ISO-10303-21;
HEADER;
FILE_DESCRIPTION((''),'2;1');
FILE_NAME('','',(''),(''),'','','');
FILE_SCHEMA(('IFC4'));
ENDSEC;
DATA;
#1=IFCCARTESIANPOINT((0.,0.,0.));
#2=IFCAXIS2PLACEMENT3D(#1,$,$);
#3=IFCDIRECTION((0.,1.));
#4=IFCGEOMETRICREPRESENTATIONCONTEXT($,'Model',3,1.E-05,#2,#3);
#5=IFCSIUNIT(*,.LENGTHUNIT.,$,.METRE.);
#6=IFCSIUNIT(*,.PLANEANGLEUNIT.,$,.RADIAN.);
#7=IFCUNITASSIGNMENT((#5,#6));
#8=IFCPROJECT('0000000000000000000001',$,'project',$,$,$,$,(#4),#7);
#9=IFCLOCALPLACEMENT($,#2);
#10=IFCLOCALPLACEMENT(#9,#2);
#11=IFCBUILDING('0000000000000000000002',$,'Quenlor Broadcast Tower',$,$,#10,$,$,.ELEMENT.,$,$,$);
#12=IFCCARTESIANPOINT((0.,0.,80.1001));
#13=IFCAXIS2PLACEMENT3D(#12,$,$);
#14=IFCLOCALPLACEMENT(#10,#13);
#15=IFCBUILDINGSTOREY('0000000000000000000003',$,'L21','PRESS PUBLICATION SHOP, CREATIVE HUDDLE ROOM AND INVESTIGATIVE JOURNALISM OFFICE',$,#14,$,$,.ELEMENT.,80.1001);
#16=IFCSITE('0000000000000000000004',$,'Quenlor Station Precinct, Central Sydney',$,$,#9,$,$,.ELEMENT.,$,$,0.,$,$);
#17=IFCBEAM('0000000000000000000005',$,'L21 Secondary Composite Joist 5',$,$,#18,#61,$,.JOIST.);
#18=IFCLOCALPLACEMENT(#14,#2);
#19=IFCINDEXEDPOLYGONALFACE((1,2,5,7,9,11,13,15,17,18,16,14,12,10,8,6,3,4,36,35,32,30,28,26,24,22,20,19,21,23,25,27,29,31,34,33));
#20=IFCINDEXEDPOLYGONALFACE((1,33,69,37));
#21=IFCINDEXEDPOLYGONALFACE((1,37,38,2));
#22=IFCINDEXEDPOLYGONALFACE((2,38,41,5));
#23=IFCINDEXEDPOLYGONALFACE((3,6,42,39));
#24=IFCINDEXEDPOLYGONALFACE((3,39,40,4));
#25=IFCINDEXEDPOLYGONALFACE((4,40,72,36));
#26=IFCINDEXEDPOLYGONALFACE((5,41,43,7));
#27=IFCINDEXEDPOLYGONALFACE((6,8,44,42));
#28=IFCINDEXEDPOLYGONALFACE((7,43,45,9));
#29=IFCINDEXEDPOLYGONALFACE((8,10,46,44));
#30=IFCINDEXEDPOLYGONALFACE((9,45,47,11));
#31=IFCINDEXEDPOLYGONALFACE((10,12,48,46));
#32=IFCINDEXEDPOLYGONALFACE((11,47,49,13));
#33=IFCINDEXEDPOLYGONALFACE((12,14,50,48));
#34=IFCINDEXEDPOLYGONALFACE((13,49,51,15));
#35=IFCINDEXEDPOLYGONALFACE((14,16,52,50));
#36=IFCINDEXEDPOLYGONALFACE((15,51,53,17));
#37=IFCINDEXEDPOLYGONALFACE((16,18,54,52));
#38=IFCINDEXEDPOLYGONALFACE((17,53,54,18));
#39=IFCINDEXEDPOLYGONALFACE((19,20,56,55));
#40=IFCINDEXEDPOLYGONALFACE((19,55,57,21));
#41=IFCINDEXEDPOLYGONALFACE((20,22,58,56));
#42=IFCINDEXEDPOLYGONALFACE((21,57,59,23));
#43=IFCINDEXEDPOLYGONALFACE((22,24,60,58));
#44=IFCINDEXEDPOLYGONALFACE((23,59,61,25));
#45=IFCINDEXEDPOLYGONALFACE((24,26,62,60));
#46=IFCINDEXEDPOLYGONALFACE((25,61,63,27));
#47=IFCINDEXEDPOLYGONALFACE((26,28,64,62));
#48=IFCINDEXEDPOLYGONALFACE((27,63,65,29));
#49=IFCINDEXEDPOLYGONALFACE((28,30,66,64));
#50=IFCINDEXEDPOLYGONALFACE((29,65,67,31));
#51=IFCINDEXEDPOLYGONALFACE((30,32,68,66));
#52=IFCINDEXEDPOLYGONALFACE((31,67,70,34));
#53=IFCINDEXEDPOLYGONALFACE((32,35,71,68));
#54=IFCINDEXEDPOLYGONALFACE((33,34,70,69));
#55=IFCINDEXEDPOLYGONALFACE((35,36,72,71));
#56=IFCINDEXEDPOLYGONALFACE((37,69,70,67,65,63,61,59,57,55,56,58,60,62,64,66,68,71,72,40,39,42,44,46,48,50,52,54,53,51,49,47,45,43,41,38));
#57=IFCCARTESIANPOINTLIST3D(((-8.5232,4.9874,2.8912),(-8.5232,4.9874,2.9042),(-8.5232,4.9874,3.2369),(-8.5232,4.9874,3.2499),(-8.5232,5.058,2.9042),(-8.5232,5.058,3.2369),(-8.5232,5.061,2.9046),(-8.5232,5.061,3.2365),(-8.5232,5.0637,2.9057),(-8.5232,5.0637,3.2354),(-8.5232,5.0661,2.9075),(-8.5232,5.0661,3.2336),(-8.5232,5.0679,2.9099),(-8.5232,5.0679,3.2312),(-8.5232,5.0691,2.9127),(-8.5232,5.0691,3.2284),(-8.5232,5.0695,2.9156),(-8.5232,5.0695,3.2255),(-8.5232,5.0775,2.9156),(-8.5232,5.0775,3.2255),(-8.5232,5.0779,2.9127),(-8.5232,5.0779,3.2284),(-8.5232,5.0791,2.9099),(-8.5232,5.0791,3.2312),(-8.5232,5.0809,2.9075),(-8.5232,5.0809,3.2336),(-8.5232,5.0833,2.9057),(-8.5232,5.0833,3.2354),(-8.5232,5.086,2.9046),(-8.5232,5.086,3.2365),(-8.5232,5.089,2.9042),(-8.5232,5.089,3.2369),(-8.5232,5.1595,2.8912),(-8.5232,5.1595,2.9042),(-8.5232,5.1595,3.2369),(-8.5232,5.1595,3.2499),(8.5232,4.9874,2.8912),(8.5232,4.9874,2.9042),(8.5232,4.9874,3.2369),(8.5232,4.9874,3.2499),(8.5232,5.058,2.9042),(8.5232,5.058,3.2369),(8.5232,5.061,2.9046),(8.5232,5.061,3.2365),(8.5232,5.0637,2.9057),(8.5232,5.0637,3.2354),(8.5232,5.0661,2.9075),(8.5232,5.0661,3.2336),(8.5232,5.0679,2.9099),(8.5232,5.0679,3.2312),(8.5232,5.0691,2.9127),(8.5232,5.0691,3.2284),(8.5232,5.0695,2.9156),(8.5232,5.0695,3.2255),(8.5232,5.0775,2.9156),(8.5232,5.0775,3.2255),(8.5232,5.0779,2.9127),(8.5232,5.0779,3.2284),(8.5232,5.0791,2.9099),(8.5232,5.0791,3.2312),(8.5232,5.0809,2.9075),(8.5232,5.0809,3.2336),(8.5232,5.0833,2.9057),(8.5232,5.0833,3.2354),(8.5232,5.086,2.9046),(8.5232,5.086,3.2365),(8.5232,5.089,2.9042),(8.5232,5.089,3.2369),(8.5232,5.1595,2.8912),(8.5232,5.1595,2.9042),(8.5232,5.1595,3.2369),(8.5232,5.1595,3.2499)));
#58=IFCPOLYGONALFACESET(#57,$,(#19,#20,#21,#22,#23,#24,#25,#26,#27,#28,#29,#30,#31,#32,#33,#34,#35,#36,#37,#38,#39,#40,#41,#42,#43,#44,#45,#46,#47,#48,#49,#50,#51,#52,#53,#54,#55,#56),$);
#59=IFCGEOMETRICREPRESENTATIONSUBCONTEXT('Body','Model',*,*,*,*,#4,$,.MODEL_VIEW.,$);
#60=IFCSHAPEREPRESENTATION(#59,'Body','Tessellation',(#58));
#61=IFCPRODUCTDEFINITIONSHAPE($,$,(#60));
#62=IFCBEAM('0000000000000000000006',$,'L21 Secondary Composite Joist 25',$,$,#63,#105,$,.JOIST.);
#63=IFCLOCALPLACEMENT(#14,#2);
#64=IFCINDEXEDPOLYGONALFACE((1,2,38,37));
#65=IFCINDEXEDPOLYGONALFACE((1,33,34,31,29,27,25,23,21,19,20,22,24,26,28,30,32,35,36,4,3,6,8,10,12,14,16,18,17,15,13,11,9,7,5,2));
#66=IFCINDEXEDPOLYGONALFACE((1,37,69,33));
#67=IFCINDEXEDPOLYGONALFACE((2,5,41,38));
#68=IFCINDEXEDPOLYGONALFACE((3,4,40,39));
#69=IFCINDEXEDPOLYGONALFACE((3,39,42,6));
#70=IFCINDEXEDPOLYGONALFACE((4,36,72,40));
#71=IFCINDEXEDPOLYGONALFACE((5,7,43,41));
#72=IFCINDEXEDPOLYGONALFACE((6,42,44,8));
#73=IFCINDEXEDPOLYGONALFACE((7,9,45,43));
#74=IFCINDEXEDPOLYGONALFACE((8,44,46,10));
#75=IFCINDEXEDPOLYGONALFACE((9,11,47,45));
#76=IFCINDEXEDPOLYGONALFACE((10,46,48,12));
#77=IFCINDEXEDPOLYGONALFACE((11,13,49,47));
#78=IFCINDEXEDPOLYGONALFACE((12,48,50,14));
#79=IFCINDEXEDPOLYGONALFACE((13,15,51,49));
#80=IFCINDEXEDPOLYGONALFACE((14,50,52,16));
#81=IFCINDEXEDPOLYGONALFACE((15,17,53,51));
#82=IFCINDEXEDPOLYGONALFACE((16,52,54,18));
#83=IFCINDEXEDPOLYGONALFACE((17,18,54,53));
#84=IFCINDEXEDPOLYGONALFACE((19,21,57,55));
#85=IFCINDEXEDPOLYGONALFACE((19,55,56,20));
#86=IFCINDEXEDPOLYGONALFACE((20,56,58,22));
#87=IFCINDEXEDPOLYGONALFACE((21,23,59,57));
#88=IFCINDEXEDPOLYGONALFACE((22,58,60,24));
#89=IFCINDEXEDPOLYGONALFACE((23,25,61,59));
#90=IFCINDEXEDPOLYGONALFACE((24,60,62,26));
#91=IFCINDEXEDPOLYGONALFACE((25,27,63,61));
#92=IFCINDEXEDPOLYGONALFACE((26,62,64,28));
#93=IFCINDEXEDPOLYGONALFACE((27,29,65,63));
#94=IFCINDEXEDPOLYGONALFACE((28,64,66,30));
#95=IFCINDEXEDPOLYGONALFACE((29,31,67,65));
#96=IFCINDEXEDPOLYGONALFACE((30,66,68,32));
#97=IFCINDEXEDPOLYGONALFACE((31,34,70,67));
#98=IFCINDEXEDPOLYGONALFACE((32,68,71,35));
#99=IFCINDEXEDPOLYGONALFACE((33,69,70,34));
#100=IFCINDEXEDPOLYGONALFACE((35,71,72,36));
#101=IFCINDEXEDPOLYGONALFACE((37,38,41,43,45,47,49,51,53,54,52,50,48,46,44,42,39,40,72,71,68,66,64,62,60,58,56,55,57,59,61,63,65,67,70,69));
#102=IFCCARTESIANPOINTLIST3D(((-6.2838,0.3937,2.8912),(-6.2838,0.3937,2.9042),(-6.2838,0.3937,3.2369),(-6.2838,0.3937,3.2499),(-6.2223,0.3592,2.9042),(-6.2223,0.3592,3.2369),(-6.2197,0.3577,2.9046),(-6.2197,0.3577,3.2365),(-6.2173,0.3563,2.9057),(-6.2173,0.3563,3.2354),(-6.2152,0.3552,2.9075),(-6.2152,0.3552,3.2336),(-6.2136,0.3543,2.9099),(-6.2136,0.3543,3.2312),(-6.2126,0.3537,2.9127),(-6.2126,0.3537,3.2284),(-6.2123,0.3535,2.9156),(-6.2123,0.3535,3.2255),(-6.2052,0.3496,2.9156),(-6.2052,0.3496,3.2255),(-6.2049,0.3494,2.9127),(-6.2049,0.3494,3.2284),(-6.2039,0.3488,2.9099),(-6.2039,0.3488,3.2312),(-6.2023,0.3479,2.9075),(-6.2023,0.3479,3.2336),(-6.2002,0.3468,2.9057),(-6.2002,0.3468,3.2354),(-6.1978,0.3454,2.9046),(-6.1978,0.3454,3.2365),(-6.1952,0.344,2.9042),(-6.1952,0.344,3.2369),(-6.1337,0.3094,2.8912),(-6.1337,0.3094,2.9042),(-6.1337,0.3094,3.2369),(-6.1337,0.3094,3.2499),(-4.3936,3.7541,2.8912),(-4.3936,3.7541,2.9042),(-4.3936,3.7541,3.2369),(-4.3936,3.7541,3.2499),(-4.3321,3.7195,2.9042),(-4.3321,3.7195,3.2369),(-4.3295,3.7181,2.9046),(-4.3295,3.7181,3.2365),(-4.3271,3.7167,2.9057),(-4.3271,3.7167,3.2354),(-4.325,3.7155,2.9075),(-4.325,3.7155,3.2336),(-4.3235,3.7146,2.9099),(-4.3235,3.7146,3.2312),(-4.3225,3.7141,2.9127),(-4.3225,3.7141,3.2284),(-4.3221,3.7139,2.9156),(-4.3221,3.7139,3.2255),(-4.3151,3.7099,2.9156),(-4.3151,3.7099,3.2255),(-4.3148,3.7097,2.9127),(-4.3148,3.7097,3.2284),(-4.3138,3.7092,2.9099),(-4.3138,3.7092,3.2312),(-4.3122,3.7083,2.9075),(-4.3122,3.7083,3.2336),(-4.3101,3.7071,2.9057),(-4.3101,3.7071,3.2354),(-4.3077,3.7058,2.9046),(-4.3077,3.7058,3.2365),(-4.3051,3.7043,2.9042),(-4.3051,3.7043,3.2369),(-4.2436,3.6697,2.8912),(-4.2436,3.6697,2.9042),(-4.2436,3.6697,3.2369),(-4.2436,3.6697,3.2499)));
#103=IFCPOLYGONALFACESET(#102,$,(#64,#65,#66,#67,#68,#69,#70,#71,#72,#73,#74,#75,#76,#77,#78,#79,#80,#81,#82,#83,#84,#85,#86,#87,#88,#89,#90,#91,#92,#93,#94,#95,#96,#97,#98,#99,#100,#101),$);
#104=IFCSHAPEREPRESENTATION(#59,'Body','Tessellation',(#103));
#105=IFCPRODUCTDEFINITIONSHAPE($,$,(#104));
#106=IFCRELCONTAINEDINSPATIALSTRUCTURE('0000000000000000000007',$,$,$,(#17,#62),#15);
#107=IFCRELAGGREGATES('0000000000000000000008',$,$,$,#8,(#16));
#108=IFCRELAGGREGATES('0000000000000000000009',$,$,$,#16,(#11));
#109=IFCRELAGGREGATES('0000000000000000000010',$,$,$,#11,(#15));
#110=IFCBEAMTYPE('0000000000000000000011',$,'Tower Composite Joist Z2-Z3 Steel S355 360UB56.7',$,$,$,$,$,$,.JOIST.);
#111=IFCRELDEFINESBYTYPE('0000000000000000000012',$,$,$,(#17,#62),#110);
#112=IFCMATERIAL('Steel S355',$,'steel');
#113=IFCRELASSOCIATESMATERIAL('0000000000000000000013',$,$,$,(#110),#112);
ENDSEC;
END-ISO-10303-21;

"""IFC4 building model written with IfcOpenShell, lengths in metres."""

from ifc_helpers import new_model, si_unit, direction, frame, origin, origin_2d, place, context, subcontext, project, spatial, i_section, extrude, material, material_profile, profile_set, type_object, element, save


model = new_model("IFC4")

# Units and contexts
model_context = context("Model", 3, precision=1e-05, world=origin(), true_north=direction((0.0, 1.0)))
body_context = subcontext(model_context, "Body", "Model", "MODEL_VIEW")
ifc_project = project(units=[si_unit("LENGTHUNIT", "METRE"), si_unit("PLANEANGLEUNIT", "RADIAN")], contexts=[model_context])

# Site, building, storey
site_placement = place(None, origin())
site = spatial("IfcSite", under=ifc_project, at=site_placement, Name="Quenlor Station Precinct, Central Sydney", CompositionType="ELEMENT", RefElevation=0.0)
building_placement = place(site_placement, origin())
building = spatial("IfcBuilding", under=site, at=building_placement, Name="Quenlor Broadcast Tower", CompositionType="ELEMENT")
storey_placement = place(building_placement, frame((0.0, 0.0, 80.1001)))
storey = spatial("IfcBuildingStorey", under=building, at=storey_placement, Name="L21", Description="PRESS PUBLICATION SHOP, CREATIVE HUDDLE ROOM AND INVESTIGATIVE JOURNALISM OFFICE", CompositionType="ELEMENT", Elevation=80.1001)

# Beams
ifc_material_1 = material(Name="Steel S355", Category="steel")
ifc_material_profile = material_profile(ifc_material_1, i_section(OverallWidth=0.1721, OverallDepth=0.3586, WebThickness=0.0081, FlangeThickness=0.0129, FilletRadius=0.0115, at=origin_2d()))
ifc_profile_set = profile_set([ifc_material_profile], Name="Steel S355 360UB56.7")
beam_type = type_object("IfcBeamType", Name="Tower Composite Joist Z2-Z3 Steel S355 360UB56.7", PredefinedType="JOIST", material=ifc_profile_set)
beam_1_placement = place(storey_placement, frame((-8.5232, 5.0735, 3.0706), z_axis=(1.0, 0.0, 0.0), x_axis=(0.0, 1.0, 0.0)))
element("IfcBeam", 1, at=beam_1_placement, inside=storey, type_object=beam_type, Name="L21 Secondary Composite Joist 5", PredefinedType="JOIST", context=body_context, shape_type="SweptSolid", body=[
    extrude(i_section(OverallWidth=0.1721, OverallDepth=0.3586, WebThickness=0.0081, FlangeThickness=0.0129, FilletRadius=0.0115, at=origin_2d()), origin(), (0.0, 0.0, 1.0), 17.0464),
])
beam_2_placement = place(storey_placement, frame((-4.3186, 3.7119, 3.0706), z_axis=(-0.490249, -0.871582, 0.0), x_axis=(0.871582, -0.490249, 0.0)))
element("IfcBeam", 2, at=beam_2_placement, inside=storey, type_object=beam_type, Name="L21 Secondary Composite Joist 25", PredefinedType="JOIST", context=body_context, shape_type="SweptSolid", body=[
    extrude(i_section(OverallWidth=0.1721, OverallDepth=0.3586, WebThickness=0.0081, FlangeThickness=0.0129, FilletRadius=0.0115, at=origin_2d()), origin(), (0.0, 0.0, 1.0), 3.8555),
])

save(model, "model.ifc")
